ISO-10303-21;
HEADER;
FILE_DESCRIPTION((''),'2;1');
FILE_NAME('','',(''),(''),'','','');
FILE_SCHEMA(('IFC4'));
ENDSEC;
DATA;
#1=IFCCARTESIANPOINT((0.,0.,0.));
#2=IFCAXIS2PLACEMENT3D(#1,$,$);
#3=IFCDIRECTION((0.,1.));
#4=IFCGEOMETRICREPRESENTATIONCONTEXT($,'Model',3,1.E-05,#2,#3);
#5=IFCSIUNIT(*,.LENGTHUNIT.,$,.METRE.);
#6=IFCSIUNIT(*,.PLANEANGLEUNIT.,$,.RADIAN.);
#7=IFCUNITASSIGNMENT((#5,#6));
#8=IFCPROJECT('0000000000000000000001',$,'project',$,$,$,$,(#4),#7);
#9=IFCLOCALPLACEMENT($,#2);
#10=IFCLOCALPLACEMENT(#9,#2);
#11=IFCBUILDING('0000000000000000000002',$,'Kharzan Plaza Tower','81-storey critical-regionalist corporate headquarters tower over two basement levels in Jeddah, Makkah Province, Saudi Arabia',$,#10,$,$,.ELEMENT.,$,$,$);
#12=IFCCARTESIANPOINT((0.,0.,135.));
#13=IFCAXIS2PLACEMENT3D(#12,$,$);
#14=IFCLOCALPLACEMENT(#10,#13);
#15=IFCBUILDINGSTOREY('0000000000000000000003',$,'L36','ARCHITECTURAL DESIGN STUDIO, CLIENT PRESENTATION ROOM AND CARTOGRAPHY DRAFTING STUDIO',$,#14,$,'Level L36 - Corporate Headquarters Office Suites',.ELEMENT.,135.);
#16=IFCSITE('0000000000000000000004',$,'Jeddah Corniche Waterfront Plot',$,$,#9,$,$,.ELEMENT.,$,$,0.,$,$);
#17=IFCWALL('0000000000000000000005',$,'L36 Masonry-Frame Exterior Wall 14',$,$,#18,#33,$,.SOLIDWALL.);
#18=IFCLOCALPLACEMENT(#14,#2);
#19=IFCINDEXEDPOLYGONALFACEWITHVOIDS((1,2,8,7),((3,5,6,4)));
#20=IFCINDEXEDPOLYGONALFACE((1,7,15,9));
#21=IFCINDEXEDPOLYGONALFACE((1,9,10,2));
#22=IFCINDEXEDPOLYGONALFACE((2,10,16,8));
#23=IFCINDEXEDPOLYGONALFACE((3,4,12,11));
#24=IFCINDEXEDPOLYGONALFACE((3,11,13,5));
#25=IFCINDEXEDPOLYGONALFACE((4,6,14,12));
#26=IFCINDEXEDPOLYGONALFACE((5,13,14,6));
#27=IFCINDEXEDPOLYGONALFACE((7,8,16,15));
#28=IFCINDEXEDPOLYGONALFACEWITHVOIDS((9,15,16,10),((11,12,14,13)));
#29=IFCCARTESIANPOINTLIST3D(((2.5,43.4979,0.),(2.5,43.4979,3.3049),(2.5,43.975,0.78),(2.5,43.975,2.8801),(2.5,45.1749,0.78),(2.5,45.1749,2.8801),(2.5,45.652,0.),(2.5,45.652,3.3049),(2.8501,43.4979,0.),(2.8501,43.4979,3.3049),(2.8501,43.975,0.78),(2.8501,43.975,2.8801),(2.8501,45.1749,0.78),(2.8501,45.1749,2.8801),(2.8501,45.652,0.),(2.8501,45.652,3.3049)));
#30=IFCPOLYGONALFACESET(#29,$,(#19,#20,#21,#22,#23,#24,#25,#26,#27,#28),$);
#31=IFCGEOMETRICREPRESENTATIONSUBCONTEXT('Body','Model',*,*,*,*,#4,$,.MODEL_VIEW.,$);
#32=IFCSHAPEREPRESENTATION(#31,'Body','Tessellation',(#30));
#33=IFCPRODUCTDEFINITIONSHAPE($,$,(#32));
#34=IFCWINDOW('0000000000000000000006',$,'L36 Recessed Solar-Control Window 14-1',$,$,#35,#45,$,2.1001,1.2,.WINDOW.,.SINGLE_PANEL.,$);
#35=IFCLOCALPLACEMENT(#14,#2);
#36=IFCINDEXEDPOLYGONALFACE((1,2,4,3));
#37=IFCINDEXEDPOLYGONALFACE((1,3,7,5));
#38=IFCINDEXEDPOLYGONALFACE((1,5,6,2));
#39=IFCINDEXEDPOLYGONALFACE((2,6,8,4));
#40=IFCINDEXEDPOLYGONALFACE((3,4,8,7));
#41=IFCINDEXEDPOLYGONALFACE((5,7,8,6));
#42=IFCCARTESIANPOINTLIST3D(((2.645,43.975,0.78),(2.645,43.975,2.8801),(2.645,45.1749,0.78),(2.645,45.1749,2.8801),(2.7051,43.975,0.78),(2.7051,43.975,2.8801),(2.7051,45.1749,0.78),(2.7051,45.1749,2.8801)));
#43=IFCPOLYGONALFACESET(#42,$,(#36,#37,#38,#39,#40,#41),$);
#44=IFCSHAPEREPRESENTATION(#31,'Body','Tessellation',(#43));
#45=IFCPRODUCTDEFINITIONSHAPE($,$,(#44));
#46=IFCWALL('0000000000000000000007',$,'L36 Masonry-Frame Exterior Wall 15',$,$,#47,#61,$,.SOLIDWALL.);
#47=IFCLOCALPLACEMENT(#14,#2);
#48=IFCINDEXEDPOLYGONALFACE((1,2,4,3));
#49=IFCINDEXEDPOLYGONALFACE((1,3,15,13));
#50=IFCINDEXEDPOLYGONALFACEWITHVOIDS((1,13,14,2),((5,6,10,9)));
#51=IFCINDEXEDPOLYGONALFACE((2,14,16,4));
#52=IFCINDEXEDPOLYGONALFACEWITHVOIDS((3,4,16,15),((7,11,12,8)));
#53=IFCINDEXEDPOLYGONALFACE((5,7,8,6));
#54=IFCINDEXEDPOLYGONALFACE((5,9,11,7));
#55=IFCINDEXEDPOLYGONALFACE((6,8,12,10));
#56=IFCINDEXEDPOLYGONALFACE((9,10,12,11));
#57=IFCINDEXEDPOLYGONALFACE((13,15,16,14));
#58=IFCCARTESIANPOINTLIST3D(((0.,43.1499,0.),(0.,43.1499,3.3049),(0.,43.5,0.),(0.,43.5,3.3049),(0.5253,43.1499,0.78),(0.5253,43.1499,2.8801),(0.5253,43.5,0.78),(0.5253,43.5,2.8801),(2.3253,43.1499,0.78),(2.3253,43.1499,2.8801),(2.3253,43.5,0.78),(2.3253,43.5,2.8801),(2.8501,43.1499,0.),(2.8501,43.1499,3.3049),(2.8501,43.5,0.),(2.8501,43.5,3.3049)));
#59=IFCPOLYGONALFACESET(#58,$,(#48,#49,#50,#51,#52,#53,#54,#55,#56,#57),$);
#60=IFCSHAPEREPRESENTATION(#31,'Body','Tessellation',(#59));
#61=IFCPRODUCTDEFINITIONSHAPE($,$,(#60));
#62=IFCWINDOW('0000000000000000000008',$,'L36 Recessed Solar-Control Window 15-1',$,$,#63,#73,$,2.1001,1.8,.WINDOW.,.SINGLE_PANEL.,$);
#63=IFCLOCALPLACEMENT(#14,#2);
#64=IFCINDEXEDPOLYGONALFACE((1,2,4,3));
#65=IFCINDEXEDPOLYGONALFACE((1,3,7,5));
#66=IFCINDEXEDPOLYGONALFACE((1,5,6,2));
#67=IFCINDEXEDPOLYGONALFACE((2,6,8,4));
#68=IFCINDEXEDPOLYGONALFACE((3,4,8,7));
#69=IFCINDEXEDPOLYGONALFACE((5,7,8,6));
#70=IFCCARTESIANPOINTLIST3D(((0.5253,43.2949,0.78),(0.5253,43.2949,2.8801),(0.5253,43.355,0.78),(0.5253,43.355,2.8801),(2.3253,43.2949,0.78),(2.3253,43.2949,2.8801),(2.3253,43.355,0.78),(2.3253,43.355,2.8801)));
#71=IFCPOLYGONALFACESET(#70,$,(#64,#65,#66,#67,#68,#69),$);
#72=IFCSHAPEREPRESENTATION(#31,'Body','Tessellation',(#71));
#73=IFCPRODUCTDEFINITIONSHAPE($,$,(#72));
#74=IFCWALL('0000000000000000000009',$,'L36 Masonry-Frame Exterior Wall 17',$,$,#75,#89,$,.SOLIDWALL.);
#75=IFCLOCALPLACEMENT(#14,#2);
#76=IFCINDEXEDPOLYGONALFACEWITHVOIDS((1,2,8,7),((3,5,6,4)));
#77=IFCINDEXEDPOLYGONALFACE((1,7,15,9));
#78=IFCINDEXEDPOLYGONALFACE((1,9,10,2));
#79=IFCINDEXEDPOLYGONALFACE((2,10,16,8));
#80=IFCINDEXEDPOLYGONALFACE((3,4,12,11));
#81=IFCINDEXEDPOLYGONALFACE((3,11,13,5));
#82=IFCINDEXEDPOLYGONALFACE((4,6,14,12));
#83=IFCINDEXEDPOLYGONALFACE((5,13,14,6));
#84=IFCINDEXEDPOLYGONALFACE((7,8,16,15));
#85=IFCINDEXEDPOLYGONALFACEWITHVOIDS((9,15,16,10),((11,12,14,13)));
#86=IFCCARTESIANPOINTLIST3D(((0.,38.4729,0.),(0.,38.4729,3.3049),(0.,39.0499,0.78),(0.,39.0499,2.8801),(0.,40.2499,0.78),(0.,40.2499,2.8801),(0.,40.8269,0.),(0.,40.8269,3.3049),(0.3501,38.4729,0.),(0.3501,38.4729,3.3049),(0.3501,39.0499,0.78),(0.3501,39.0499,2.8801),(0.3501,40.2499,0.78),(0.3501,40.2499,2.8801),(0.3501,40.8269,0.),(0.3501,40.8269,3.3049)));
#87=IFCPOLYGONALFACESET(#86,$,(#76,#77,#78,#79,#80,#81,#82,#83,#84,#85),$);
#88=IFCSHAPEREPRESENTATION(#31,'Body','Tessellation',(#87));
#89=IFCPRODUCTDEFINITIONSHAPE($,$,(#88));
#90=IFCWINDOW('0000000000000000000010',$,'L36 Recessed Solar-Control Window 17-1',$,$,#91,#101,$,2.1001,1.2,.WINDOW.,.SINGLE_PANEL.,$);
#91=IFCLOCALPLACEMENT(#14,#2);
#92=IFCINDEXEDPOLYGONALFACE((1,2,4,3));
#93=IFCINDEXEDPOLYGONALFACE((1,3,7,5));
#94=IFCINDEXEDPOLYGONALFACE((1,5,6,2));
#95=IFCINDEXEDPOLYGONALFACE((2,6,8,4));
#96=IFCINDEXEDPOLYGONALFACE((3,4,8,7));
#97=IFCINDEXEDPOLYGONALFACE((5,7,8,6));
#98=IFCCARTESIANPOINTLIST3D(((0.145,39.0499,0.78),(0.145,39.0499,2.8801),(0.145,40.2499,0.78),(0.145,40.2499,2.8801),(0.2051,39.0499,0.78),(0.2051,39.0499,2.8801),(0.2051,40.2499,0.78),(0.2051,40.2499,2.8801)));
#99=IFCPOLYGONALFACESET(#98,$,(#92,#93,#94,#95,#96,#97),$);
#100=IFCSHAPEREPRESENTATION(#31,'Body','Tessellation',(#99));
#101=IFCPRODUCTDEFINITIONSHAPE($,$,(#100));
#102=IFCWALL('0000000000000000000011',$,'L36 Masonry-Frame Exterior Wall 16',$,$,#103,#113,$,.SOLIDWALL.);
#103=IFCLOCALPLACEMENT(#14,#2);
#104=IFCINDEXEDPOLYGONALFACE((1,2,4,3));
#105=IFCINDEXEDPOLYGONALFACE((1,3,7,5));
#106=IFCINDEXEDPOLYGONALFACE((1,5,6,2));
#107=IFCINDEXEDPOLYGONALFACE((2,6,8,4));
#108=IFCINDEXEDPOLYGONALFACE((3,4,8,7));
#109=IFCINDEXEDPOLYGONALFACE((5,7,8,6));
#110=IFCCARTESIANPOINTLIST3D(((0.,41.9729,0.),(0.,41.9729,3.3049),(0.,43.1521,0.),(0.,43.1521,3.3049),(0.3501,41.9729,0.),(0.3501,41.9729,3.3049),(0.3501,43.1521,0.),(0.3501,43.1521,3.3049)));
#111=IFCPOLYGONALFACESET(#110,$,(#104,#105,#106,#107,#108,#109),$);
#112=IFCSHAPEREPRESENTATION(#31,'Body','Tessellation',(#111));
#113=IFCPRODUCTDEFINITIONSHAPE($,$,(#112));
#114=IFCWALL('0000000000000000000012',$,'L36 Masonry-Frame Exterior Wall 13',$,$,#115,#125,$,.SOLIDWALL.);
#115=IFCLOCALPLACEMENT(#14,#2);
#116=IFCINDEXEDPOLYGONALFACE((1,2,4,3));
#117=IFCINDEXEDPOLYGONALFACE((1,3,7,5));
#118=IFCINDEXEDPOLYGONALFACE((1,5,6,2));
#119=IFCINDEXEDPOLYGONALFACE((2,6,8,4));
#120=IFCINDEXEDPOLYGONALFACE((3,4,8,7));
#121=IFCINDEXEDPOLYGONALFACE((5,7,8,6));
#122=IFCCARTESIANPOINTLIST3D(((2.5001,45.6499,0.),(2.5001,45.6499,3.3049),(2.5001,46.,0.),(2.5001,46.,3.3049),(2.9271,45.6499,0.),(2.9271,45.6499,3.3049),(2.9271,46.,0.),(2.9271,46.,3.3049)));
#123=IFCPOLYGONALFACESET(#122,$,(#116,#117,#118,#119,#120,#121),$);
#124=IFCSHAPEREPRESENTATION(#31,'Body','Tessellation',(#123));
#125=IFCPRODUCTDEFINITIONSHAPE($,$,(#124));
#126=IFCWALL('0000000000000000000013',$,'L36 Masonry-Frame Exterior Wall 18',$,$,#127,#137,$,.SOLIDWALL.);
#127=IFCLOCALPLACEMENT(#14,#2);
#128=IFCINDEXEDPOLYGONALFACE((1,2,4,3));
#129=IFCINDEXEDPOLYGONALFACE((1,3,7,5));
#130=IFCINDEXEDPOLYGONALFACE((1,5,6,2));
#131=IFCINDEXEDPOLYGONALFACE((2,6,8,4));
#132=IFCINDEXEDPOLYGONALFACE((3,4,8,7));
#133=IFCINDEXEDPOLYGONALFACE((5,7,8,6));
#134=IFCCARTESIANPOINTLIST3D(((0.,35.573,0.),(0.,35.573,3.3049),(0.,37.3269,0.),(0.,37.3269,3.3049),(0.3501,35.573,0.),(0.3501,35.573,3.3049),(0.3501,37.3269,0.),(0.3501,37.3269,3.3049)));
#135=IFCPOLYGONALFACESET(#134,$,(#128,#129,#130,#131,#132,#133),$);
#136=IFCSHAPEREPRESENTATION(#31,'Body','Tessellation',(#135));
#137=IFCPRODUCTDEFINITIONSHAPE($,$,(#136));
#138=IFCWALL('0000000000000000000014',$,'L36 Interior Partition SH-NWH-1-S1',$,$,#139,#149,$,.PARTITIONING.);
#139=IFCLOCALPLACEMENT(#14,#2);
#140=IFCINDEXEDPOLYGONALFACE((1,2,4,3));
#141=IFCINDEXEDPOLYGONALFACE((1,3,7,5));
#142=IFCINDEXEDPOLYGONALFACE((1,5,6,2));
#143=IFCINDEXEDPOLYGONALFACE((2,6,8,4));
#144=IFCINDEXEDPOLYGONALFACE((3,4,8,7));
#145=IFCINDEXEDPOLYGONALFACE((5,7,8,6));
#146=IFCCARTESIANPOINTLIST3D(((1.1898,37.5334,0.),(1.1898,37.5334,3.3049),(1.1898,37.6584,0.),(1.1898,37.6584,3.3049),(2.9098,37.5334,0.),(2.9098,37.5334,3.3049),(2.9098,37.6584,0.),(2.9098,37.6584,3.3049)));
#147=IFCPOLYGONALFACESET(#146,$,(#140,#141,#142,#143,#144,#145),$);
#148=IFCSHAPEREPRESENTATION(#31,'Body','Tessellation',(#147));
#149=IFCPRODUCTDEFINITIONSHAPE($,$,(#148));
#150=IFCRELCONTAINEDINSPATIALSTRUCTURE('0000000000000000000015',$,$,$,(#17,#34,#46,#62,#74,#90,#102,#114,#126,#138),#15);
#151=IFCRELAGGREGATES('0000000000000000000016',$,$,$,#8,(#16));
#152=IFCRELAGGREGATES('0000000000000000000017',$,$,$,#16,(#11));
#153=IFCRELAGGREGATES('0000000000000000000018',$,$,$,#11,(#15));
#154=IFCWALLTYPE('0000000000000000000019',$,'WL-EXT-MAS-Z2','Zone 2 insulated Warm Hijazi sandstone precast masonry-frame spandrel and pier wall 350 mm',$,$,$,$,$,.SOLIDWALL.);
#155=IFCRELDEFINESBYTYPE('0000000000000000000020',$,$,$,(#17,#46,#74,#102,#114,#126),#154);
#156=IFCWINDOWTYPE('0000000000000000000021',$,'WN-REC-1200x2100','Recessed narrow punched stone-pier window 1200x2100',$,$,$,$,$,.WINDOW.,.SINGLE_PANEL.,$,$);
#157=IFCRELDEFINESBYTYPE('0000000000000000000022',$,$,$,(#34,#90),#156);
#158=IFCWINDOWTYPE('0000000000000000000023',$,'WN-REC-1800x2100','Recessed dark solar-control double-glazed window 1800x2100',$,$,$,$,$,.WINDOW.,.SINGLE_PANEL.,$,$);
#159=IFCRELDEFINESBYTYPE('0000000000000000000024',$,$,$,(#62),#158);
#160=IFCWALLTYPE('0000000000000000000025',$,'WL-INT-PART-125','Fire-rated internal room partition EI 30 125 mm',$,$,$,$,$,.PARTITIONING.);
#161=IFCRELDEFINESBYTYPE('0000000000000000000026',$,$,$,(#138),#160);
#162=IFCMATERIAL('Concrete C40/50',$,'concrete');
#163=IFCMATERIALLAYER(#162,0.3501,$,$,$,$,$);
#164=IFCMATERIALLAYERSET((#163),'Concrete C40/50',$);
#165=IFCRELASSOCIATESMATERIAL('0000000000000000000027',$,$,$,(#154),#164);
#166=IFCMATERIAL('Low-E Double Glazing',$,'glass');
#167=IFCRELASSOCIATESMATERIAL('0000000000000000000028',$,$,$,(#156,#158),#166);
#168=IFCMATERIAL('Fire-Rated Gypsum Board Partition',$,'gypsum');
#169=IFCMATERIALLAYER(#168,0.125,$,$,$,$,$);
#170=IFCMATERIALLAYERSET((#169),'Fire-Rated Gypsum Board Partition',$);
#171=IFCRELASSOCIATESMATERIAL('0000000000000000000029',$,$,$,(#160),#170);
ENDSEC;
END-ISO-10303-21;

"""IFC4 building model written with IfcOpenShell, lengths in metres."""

from ifc_helpers import new_model, si_unit, direction, frame, frame_2d, origin, place, context, subcontext, project, spatial, rectangle, extrude, source, transform, mapped, material, layer, layer_set, type_object, element, fill, save


model = new_model("IFC4")

# Units and contexts
model_context = context("Model", 3, precision=1e-05, world=origin(), true_north=direction((0.0, 1.0)))
body_context = subcontext(model_context, "Body", "Model", "MODEL_VIEW")
ifc_project = project(units=[si_unit("LENGTHUNIT", "METRE"), si_unit("PLANEANGLEUNIT", "RADIAN")], contexts=[model_context])

# Site, building, storey
site_placement = place(None, origin())
site = spatial("IfcSite", under=ifc_project, at=site_placement, Name="Jeddah Corniche Waterfront Plot", CompositionType="ELEMENT", RefElevation=0.0)
building_placement = place(site_placement, origin())
building = spatial("IfcBuilding", under=site, at=building_placement, Name="Kharzan Plaza Tower", Description="81-storey critical-regionalist corporate headquarters tower over two basement levels in Jeddah, Makkah Province, Saudi Arabia", CompositionType="ELEMENT")
storey_placement = place(building_placement, frame((0.0, 0.0, 135.0)))
storey = spatial("IfcBuildingStorey", under=building, at=storey_placement, Name="L36", Description="ARCHITECTURAL DESIGN STUDIO, CLIENT PRESENTATION ROOM AND CARTOGRAPHY DRAFTING STUDIO", LongName="Level L36 - Corporate Headquarters Office Suites", CompositionType="ELEMENT", Elevation=135.0)

# Walls, openings, windows
ifc_material_1 = material(Name="Concrete C40/50", Category="concrete")
ifc_layer_1 = layer(ifc_material_1, 0.3501)
ifc_layer_set_1 = layer_set([ifc_layer_1], Name="Concrete C40/50")
wall_type_1 = type_object("IfcWallType", Name="WL-EXT-MAS-Z2", Description="Zone 2 insulated Warm Hijazi sandstone precast masonry-frame spandrel and pier wall 350 mm", PredefinedType="SOLIDWALL", material=ifc_layer_set_1)
wall_1_placement = place(storey_placement, frame((2.675, 45.6521, 0.0), z_axis=(0.0, 0.0, 1.0), x_axis=(0.0, -1.0, 0.0)))
wall_1 = element("IfcWall", 1, at=wall_1_placement, inside=storey, type_object=wall_type_1, Name="L36 Masonry-Frame Exterior Wall 14", PredefinedType="SOLIDWALL", context=body_context, shape_type="SweptSolid", body=[
    extrude(rectangle(XDim=2.1541, YDim=0.3501, at=frame_2d((1.0771, 0.0))), origin(), (0.0, 0.0, 1.0), 3.3049),
])
opening_1_placement = place(wall_1_placement, frame((0.4771, 0.0, 0.78)))
opening_1 = element("IfcOpeningElement", 2, at=opening_1_placement, cuts=wall_1, PredefinedType="OPENING", context=body_context, shape_type="SweptSolid", body=[
    extrude(rectangle(XDim=1.2, YDim=2.1001, at=frame_2d((0.6001, 1.05))), frame((0.0, 0.1851, 0.0), z_axis=(0.0, -1.0, 0.0), x_axis=(1.0, 0.0, 0.0)), (0.0, 0.0, 1.0), 0.3701),
])
ifc_material_2 = material(Name="Low-E Double Glazing", Category="glass")
window_type_1 = type_object("IfcWindowType", Name="WN-REC-1200x2100", Description="Recessed narrow punched stone-pier window 1200x2100", PartitioningType="SINGLE_PANEL", PredefinedType="WINDOW", material=ifc_material_2)
shared_shape_1 = source(origin(), body_context, "Body", "SweptSolid", [
    extrude(rectangle(XDim=1.2, YDim=2.1001, at=frame_2d((0.6001, 1.05))), frame((0.0, 0.03, 0.0), z_axis=(0.0, -1.0, 0.0), x_axis=(1.0, 0.0, 0.0)), (0.0, 0.0, 1.0), 0.0601),
])
window_1_placement = place(opening_1_placement, origin())
window_1 = element("IfcWindow", 3, at=window_1_placement, inside=storey, type_object=window_type_1, Name="L36 Recessed Solar-Control Window 14-1", OverallHeight=2.1001, OverallWidth=1.2, PartitioningType="SINGLE_PANEL", PredefinedType="WINDOW", context=body_context, shape_type="MappedRepresentation", body=[
    mapped(shared_shape_1, transform((0.0, 0.0, 0.0), x_axis=(1.0, 0.0, 0.0), y_axis=(0.0, 1.0, 0.0), z_axis=(0.0, 0.0, 1.0))),
])
fill(opening_1, window_1)
wall_2_placement = place(storey_placement, frame((2.8501, 43.325, 0.0), z_axis=(0.0, 0.0, 1.0), x_axis=(-1.0, 0.0, 0.0)))
wall_2 = element("IfcWall", 4, at=wall_2_placement, inside=storey, type_object=wall_type_1, Name="L36 Masonry-Frame Exterior Wall 15", PredefinedType="SOLIDWALL", context=body_context, shape_type="SweptSolid", body=[
    extrude(rectangle(XDim=2.8501, YDim=0.3501, at=frame_2d((1.425, 0.0))), origin(), (0.0, 0.0, 1.0), 3.3049),
])
opening_2_placement = place(wall_2_placement, frame((0.5249, 0.0, 0.78)))
opening_2 = element("IfcOpeningElement", 5, at=opening_2_placement, cuts=wall_2, PredefinedType="OPENING", context=body_context, shape_type="SweptSolid", body=[
    extrude(rectangle(XDim=1.8, YDim=2.1001, at=frame_2d((0.8999, 1.05))), frame((0.0, 0.1851, 0.0), z_axis=(0.0, -1.0, 0.0), x_axis=(1.0, 0.0, 0.0)), (0.0, 0.0, 1.0), 0.3701),
])
window_type_2 = type_object("IfcWindowType", Name="WN-REC-1800x2100", Description="Recessed dark solar-control double-glazed window 1800x2100", PartitioningType="SINGLE_PANEL", PredefinedType="WINDOW", material=ifc_material_2)
shared_shape_2 = source(origin(), body_context, "Body", "SweptSolid", [
    extrude(rectangle(XDim=1.8, YDim=2.1001, at=frame_2d((0.8999, 1.05))), frame((0.0, 0.03, 0.0), z_axis=(0.0, -1.0, 0.0), x_axis=(1.0, 0.0, 0.0)), (0.0, 0.0, 1.0), 0.0601),
])
window_2_placement = place(opening_2_placement, origin())
window_2 = element("IfcWindow", 6, at=window_2_placement, inside=storey, type_object=window_type_2, Name="L36 Recessed Solar-Control Window 15-1", OverallHeight=2.1001, OverallWidth=1.8, PartitioningType="SINGLE_PANEL", PredefinedType="WINDOW", context=body_context, shape_type="MappedRepresentation", body=[
    mapped(shared_shape_2, transform((0.0, 0.0, 0.0), x_axis=(1.0, 0.0, 0.0), y_axis=(0.0, 1.0, 0.0), z_axis=(0.0, 0.0, 1.0))),
])
fill(opening_2, window_2)
wall_3_placement = place(storey_placement, frame((0.175, 40.8269, 0.0), z_axis=(0.0, 0.0, 1.0), x_axis=(0.0, -1.0, 0.0)))
wall_3 = element("IfcWall", 7, at=wall_3_placement, inside=storey, type_object=wall_type_1, Name="L36 Masonry-Frame Exterior Wall 17", PredefinedType="SOLIDWALL", context=body_context, shape_type="SweptSolid", body=[
    extrude(rectangle(XDim=2.354, YDim=0.3501, at=frame_2d((1.177, 0.0))), origin(), (0.0, 0.0, 1.0), 3.3049),
])
opening_3_placement = place(wall_3_placement, frame((0.5769, 0.0, 0.78)))
opening_3 = element("IfcOpeningElement", 8, at=opening_3_placement, cuts=wall_3, PredefinedType="OPENING", context=body_context, shape_type="SweptSolid", body=[
    extrude(rectangle(XDim=1.2, YDim=2.1001, at=frame_2d((0.6001, 1.05))), frame((0.0, 0.1851, 0.0), z_axis=(0.0, -1.0, 0.0), x_axis=(1.0, 0.0, 0.0)), (0.0, 0.0, 1.0), 0.3701),
])
window_3_placement = place(opening_3_placement, origin())
window_3 = element("IfcWindow", 9, at=window_3_placement, inside=storey, type_object=window_type_1, Name="L36 Recessed Solar-Control Window 17-1", OverallHeight=2.1001, OverallWidth=1.2, PartitioningType="SINGLE_PANEL", PredefinedType="WINDOW", context=body_context, shape_type="MappedRepresentation", body=[
    mapped(shared_shape_1, transform((0.0, 0.0, 0.0), x_axis=(1.0, 0.0, 0.0), y_axis=(0.0, 1.0, 0.0), z_axis=(0.0, 0.0, 1.0))),
])
fill(opening_3, window_3)

# Walls
shared_shape_3 = source(origin(), body_context, "Body", "SweptSolid", [
    extrude(rectangle(XDim=1.1792, YDim=0.3501, at=frame_2d((0.5896, 0.0))), origin(), (0.0, 0.0, 1.0), 3.3049),
])
wall_4_placement = place(storey_placement, frame((0.175, 43.1521, 0.0), z_axis=(0.0, 0.0, 1.0), x_axis=(0.0, -1.0, 0.0)))
element("IfcWall", 10, at=wall_4_placement, inside=storey, type_object=wall_type_1, Name="L36 Masonry-Frame Exterior Wall 16", PredefinedType="SOLIDWALL", context=body_context, shape_type="MappedRepresentation", body=[
    mapped(shared_shape_3, transform((0.0, 0.0, 0.0), x_axis=(1.0, 0.0, 0.0), y_axis=(0.0, 1.0, 0.0), z_axis=(0.0, 0.0, 1.0))),
])
shared_shape_4 = source(origin(), body_context, "Body", "SweptSolid", [
    extrude(rectangle(XDim=0.427, YDim=0.3501, at=frame_2d((0.2134, 0.0))), origin(), (0.0, 0.0, 1.0), 3.3049),
])
wall_5_placement = place(storey_placement, frame((2.927, 45.825, 0.0), z_axis=(0.0, 0.0, 1.0), x_axis=(-1.0, 0.0, 0.0)))
element("IfcWall", 11, at=wall_5_placement, inside=storey, type_object=wall_type_1, Name="L36 Masonry-Frame Exterior Wall 13", PredefinedType="SOLIDWALL", context=body_context, shape_type="MappedRepresentation", body=[
    mapped(shared_shape_4, transform((0.0, 0.0, 0.0), x_axis=(1.0, 0.0, 0.0), y_axis=(0.0, 1.0, 0.0), z_axis=(0.0, 0.0, 1.0))),
])
shared_shape_5 = source(origin(), body_context, "Body", "SweptSolid", [
    extrude(rectangle(XDim=1.7539, YDim=0.3501, at=frame_2d((0.877, 0.0))), origin(), (0.0, 0.0, 1.0), 3.3049),
])
wall_6_placement = place(storey_placement, frame((0.175, 37.3269, 0.0), z_axis=(0.0, 0.0, 1.0), x_axis=(0.0, -1.0, 0.0)))
element("IfcWall", 12, at=wall_6_placement, inside=storey, type_object=wall_type_1, Name="L36 Masonry-Frame Exterior Wall 18", PredefinedType="SOLIDWALL", context=body_context, shape_type="MappedRepresentation", body=[
    mapped(shared_shape_5, transform((0.0, 0.0, 0.0), x_axis=(1.0, 0.0, 0.0), y_axis=(0.0, 1.0, 0.0), z_axis=(0.0, 0.0, 1.0))),
])
ifc_material_3 = material(Name="Fire-Rated Gypsum Board Partition", Category="gypsum")
ifc_layer_2 = layer(ifc_material_3, 0.125)
ifc_layer_set_2 = layer_set([ifc_layer_2], Name="Fire-Rated Gypsum Board Partition")
wall_type_2 = type_object("IfcWallType", Name="WL-INT-PART-125", Description="Fire-rated internal room partition EI 30 125 mm", PredefinedType="PARTITIONING", material=ifc_layer_set_2)
shared_shape_6 = source(origin(), body_context, "Body", "SweptSolid", [
    extrude(rectangle(XDim=1.72, YDim=0.125, at=frame_2d((0.8599, 0.0))), origin(), (0.0, 0.0, 1.0), 3.3049),
])
wall_7_placement = place(storey_placement, frame((1.1899, 37.5959, 0.0), z_axis=(0.0, 0.0, 1.0), x_axis=(1.0, 0.0, 0.0)))
element("IfcWall", 13, at=wall_7_placement, inside=storey, type_object=wall_type_2, Name="L36 Interior Partition SH-NWH-1-S1", PredefinedType="PARTITIONING", context=body_context, shape_type="MappedRepresentation", body=[
    mapped(shared_shape_6, transform((0.0, 0.0, 0.0), x_axis=(1.0, 0.0, 0.0), y_axis=(0.0, 1.0, 0.0), z_axis=(0.0, 0.0, 1.0))),
])

save(model, "model.ifc")
